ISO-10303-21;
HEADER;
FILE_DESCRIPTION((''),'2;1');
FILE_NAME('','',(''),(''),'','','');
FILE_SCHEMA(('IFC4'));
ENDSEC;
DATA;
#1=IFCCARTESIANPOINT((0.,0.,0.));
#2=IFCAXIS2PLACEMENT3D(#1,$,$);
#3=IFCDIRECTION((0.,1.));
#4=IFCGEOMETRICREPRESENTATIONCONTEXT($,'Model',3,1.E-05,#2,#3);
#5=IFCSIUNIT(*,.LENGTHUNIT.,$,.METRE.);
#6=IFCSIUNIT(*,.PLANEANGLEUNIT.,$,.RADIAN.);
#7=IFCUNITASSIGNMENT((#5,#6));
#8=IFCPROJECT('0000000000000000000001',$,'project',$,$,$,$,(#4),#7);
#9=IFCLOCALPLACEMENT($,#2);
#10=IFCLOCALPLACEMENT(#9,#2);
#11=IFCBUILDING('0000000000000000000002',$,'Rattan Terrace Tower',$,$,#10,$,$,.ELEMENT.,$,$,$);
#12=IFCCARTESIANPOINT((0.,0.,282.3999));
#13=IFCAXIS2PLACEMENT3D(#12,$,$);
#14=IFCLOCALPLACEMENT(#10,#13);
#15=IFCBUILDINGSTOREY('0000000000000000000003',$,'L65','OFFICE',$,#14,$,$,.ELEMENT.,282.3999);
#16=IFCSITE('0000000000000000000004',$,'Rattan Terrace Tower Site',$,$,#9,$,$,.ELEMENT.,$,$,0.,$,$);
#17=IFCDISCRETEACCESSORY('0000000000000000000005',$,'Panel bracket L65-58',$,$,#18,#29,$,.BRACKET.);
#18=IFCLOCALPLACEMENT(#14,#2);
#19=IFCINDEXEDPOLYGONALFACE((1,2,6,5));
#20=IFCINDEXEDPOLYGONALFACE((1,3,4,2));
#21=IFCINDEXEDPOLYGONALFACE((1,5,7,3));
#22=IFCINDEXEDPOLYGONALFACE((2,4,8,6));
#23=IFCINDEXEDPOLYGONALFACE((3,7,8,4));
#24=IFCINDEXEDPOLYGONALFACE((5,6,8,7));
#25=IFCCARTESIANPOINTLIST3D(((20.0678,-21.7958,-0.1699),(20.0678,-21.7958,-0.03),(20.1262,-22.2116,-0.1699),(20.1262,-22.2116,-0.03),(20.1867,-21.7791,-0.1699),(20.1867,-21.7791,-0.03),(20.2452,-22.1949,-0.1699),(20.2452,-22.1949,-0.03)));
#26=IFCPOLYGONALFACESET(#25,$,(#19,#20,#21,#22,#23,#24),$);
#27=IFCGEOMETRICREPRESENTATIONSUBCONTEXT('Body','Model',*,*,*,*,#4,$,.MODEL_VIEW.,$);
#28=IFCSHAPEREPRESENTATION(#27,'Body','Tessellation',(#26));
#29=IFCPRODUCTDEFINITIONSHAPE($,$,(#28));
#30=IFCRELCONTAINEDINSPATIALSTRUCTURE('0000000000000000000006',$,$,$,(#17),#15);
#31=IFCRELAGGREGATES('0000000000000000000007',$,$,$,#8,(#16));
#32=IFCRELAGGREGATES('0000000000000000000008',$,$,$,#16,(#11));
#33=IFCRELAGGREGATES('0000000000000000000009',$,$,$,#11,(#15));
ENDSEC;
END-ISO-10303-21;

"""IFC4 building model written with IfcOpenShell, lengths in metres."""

from ifc_helpers import new_model, si_unit, direction, frame, origin, origin_2d, place, context, subcontext, project, spatial, rectangle, extrude, element, save


model = new_model("IFC4")

# Units and contexts
model_context = context("Model", 3, precision=1e-05, world=origin(), true_north=direction((0.0, 1.0)))
body_context = subcontext(model_context, "Body", "Model", "MODEL_VIEW")
ifc_project = project(units=[si_unit("LENGTHUNIT", "METRE"), si_unit("PLANEANGLEUNIT", "RADIAN")], contexts=[model_context])

# Site, building, storey
site_placement = place(None, origin())
site = spatial("IfcSite", under=ifc_project, at=site_placement, Name="Rattan Terrace Tower Site", CompositionType="ELEMENT", RefElevation=0.0)
building_placement = place(site_placement, origin())
building = spatial("IfcBuilding", under=site, at=building_placement, Name="Rattan Terrace Tower", CompositionType="ELEMENT")
storey_placement = place(building_placement, frame((0.0, 0.0, 282.3999)))
storey = spatial("IfcBuildingStorey", under=building, at=storey_placement, Name="L65", Description="OFFICE", CompositionType="ELEMENT", Elevation=282.3999)

# Discrete accessory
for number, where, z_axis, x_axis, name in (
    (1, (20.1565, -21.9954, -0.1699), (0.0, 0.0, 1.0), (0.990266, 0.139189, 0.0), "Panel bracket L65-58"),
):
    element("IfcDiscreteAccessory", number, at=place(storey_placement, frame(where, z_axis=z_axis, x_axis=x_axis)), inside=storey, Name=name, PredefinedType="BRACKET", context=body_context, shape_type="SweptSolid", body=[
        extrude(rectangle(XDim=0.1201, YDim=0.4199, at=origin_2d()), origin(), (0.0, 0.0, 1.0), 0.1399),
    ])

save(model, "model.ifc")
